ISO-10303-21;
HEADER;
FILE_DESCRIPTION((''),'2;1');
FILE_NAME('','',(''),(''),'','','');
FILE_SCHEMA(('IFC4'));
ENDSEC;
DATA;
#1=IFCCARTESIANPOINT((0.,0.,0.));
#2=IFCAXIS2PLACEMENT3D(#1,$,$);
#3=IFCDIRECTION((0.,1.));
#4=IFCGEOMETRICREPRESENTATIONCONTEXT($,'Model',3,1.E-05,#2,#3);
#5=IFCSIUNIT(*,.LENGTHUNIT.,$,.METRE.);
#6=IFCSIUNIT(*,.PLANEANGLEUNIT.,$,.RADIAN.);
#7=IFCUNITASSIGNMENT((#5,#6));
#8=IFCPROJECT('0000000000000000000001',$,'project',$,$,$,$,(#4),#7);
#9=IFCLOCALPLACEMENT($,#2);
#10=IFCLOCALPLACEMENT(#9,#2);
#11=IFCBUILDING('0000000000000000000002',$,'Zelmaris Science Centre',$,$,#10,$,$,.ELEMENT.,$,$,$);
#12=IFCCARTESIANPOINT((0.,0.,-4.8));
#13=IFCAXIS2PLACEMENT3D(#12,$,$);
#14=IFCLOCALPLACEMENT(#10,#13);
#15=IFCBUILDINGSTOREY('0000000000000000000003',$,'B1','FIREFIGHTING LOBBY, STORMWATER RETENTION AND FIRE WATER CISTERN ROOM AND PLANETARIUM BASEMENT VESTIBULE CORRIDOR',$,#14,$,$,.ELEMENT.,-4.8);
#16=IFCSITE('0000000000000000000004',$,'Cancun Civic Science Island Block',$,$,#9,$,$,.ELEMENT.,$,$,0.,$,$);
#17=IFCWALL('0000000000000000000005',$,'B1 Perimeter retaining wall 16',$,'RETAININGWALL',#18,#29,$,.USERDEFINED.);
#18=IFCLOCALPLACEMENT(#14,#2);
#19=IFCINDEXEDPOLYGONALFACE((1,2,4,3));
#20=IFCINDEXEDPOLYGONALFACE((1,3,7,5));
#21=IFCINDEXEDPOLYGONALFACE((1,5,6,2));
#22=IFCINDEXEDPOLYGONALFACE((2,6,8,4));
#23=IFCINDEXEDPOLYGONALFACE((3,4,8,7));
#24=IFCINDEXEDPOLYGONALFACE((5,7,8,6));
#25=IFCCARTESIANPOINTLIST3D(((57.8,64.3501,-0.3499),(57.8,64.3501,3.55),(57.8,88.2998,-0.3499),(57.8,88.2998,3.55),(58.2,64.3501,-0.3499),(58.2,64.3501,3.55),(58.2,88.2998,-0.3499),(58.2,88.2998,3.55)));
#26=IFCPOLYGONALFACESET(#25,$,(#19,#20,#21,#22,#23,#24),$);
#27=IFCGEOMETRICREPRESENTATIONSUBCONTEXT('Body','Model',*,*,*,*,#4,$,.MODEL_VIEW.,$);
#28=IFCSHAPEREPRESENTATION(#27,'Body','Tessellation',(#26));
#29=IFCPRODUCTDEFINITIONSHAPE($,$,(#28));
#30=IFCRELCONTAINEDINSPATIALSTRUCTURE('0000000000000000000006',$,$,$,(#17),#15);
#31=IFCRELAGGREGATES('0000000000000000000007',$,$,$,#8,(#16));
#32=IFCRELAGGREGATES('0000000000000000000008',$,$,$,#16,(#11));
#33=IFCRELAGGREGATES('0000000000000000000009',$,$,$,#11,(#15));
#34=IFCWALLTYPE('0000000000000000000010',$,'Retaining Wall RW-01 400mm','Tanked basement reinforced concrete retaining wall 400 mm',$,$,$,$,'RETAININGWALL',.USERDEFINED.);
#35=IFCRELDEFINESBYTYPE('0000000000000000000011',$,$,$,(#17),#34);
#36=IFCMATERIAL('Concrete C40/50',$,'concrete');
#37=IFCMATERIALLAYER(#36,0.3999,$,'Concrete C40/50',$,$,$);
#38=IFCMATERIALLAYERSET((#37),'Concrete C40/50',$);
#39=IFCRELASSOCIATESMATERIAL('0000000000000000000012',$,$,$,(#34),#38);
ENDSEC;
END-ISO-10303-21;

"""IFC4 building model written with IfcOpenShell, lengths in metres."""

from ifc_helpers import new_model, si_unit, direction, frame, frame_2d, origin, place, context, subcontext, project, spatial, rectangle, extrude, material, layer, layer_set, type_object, element, save


model = new_model("IFC4")

# Units and contexts
model_context = context("Model", 3, precision=1e-05, world=origin(), true_north=direction((0.0, 1.0)))
body_context = subcontext(model_context, "Body", "Model", "MODEL_VIEW")
ifc_project = project(units=[si_unit("LENGTHUNIT", "METRE"), si_unit("PLANEANGLEUNIT", "RADIAN")], contexts=[model_context])

# Site, building, storey
site_placement = place(None, origin())
site = spatial("IfcSite", under=ifc_project, at=site_placement, Name="Cancun Civic Science Island Block", CompositionType="ELEMENT", RefElevation=0.0)
building_placement = place(site_placement, origin())
building = spatial("IfcBuilding", under=site, at=building_placement, Name="Zelmaris Science Centre", CompositionType="ELEMENT")
storey_placement = place(building_placement, frame((0.0, 0.0, -4.8)))
storey = spatial("IfcBuildingStorey", under=building, at=storey_placement, Name="B1", Description="FIREFIGHTING LOBBY, STORMWATER RETENTION AND FIRE WATER CISTERN ROOM AND PLANETARIUM BASEMENT VESTIBULE CORRIDOR", CompositionType="ELEMENT", Elevation=-4.8)

# Shared definitions
ifc_material_1 = material(Name="Concrete C40/50", Category="concrete")

# Wall
ifc_layer_1 = layer(ifc_material_1, 0.3999, Name="Concrete C40/50")
ifc_layer_set_1 = layer_set([ifc_layer_1], Name="Concrete C40/50")
wall_type_1 = type_object("IfcWallType", Name="Retaining Wall RW-01 400mm", Description="Tanked basement reinforced concrete retaining wall 400 mm", ElementType="RETAININGWALL", PredefinedType="USERDEFINED", material=ifc_layer_set_1)
wall_1_placement = place(storey_placement, frame((58.0, 64.3501, -0.3499), z_axis=(0.0, 0.0, 1.0), x_axis=(0.0, 1.0, 0.0)))
element("IfcWall", 1, at=wall_1_placement, inside=storey, type_object=wall_type_1, Name="B1 Perimeter retaining wall 16", ObjectType="RETAININGWALL", PredefinedType="USERDEFINED", context=body_context, shape_type="SweptSolid", body=[
    extrude(rectangle(XDim=23.9497, YDim=0.3999, at=frame_2d((11.9749, 0.0))), origin(), (0.0, 0.0, 1.0), 3.8999),
])

save(model, "model.ifc")
